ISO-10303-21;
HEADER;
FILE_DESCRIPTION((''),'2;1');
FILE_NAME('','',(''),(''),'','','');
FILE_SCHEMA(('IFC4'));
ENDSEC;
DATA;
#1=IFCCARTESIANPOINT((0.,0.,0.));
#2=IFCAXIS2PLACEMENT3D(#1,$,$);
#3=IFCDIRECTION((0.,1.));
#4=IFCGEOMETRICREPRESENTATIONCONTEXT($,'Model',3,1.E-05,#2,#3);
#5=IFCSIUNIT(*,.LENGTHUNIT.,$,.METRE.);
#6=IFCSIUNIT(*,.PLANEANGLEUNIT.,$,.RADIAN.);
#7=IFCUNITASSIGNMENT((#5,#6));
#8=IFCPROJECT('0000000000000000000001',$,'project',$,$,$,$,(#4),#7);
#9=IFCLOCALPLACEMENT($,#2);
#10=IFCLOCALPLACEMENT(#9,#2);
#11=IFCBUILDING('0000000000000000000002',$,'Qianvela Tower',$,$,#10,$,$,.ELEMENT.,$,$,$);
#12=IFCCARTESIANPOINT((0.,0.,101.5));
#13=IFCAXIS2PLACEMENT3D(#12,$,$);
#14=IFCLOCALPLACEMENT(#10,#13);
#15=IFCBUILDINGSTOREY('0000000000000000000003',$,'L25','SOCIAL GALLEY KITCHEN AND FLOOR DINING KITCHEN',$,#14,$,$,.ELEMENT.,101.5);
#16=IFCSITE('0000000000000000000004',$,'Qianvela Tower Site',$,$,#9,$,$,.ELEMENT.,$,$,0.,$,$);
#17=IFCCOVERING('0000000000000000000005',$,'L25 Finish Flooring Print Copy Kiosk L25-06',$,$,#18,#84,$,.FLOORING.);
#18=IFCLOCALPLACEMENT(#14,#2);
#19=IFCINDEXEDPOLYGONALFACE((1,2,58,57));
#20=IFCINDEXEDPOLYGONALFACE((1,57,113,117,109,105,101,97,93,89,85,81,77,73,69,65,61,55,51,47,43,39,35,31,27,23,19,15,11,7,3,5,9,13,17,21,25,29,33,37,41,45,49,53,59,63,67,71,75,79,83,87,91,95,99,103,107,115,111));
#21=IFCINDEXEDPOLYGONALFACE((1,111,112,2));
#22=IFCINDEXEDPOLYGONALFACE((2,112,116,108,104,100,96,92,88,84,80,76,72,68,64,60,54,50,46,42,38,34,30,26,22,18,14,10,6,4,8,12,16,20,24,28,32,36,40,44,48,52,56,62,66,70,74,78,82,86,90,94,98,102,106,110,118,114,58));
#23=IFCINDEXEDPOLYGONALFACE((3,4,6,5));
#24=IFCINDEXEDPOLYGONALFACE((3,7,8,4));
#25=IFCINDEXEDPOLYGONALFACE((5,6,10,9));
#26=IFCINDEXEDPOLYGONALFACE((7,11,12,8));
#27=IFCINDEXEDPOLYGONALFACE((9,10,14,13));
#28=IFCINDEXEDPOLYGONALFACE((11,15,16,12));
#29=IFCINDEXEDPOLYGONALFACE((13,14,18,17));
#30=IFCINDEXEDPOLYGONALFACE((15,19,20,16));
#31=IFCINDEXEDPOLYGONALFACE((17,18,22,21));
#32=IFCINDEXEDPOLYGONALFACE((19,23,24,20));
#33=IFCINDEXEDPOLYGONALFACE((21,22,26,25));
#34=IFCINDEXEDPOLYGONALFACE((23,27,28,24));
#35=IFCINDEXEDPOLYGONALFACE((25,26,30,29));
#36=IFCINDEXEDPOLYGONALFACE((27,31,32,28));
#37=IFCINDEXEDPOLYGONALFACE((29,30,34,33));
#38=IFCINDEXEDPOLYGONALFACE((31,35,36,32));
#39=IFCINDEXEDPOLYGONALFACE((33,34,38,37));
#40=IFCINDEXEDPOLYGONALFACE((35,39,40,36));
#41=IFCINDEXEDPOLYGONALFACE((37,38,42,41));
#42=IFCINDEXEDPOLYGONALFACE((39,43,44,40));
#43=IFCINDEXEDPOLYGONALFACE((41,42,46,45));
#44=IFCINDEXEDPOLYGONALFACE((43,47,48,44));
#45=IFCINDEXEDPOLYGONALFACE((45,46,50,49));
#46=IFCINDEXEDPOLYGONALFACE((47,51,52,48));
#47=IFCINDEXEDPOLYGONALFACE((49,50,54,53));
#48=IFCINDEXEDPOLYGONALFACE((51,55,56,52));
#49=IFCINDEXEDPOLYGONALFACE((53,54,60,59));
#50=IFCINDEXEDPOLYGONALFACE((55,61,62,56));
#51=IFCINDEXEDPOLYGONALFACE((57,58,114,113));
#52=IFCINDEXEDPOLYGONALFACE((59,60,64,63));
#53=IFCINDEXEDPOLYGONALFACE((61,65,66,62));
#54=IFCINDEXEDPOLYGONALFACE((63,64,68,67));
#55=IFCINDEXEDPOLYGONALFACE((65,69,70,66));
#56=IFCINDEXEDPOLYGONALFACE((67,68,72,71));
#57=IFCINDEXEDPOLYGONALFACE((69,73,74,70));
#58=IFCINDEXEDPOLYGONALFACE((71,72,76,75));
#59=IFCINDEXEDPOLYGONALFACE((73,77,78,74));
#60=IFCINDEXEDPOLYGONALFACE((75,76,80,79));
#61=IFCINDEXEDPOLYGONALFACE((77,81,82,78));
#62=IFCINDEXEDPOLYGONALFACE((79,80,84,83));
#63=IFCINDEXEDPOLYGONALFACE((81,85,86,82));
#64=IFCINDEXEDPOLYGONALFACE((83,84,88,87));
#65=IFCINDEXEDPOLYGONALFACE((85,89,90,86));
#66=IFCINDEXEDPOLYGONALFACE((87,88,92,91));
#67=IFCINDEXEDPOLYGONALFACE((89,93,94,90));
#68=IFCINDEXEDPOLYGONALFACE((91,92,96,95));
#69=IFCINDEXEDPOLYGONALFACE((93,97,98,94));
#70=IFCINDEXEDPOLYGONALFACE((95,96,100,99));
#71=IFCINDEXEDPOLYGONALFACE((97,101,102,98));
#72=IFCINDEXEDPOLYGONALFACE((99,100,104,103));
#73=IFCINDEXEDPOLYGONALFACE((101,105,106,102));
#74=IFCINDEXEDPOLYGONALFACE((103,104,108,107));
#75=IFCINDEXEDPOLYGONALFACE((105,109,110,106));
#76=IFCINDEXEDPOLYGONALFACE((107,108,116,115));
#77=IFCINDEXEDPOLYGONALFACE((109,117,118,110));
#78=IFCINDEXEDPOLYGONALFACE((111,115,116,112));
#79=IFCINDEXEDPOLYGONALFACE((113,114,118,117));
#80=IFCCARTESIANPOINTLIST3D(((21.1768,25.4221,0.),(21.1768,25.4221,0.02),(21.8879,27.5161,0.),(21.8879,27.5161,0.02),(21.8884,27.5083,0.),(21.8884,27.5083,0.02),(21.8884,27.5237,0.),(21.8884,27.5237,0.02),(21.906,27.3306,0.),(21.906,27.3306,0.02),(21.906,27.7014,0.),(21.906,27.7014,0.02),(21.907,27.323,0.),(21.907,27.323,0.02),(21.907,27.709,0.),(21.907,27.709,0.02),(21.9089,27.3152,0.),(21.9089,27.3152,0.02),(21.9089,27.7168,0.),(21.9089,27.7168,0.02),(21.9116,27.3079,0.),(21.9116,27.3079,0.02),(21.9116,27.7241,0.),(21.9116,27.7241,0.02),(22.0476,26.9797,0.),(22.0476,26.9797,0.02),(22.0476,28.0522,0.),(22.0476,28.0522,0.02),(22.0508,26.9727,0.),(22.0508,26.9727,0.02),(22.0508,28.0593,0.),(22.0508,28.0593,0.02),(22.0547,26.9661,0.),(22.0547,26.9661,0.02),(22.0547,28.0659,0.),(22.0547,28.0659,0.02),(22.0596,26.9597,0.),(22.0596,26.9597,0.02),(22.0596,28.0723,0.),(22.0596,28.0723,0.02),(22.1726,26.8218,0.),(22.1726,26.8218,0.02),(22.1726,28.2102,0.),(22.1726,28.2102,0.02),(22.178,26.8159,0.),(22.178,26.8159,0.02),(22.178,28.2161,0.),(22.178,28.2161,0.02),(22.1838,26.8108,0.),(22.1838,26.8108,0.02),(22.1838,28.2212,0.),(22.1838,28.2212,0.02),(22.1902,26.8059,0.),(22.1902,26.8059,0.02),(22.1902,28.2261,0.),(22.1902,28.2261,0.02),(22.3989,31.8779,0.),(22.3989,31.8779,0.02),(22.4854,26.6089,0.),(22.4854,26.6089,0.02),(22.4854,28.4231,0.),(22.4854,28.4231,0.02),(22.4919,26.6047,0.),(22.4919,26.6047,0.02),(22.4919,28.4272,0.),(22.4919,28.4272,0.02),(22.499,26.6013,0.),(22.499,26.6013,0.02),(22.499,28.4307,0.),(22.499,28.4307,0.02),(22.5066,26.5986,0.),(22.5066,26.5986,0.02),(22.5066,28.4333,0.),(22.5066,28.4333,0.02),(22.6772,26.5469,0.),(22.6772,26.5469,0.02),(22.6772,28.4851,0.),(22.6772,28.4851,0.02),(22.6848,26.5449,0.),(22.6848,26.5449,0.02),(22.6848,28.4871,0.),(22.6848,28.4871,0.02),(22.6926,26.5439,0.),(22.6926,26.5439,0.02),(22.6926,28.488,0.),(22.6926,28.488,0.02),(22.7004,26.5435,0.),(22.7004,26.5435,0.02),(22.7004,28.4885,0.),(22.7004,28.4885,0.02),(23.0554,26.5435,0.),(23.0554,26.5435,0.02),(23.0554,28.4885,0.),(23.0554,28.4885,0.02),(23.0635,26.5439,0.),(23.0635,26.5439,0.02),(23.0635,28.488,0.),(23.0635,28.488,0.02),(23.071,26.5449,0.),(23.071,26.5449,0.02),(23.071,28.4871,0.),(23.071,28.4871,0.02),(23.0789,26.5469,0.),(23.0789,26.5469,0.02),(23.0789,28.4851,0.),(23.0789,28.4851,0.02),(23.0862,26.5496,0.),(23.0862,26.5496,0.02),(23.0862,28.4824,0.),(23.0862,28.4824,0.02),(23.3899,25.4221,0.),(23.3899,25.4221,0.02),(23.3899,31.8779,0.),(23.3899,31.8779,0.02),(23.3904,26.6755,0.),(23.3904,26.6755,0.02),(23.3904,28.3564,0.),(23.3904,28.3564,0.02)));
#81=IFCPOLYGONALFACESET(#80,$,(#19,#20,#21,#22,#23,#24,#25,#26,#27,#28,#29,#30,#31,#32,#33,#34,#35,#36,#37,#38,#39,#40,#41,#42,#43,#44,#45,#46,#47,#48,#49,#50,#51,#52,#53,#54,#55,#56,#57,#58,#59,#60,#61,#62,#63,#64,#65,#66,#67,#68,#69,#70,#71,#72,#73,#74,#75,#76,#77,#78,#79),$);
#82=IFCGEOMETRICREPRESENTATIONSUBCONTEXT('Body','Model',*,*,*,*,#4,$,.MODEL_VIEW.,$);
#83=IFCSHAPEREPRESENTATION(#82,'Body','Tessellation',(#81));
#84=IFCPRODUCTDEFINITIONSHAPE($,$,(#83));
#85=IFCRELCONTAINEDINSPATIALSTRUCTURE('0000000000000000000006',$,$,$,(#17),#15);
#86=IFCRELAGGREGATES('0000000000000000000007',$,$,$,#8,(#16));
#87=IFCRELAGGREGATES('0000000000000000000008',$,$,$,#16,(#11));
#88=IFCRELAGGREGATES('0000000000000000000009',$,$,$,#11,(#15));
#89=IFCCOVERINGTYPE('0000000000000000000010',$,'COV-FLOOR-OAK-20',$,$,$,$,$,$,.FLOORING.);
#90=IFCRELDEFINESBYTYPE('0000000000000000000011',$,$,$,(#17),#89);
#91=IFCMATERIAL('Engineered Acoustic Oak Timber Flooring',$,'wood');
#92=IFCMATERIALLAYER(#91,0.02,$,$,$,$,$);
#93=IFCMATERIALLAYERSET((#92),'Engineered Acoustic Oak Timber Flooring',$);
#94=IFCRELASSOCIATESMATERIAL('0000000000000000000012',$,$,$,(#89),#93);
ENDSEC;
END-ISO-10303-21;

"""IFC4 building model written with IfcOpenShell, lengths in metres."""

from ifc_helpers import new_model, si_unit, direction, frame, origin, place, context, subcontext, project, spatial, polyline, outline, extrude, material, layer, layer_set, type_object, element, save


model = new_model("IFC4")

# Units and contexts
model_context = context("Model", 3, precision=1e-05, world=origin(), true_north=direction((0.0, 1.0)))
body_context = subcontext(model_context, "Body", "Model", "MODEL_VIEW")
ifc_project = project(units=[si_unit("LENGTHUNIT", "METRE"), si_unit("PLANEANGLEUNIT", "RADIAN")], contexts=[model_context])

# Site, building, storey
site_placement = place(None, origin())
site = spatial("IfcSite", under=ifc_project, at=site_placement, Name="Qianvela Tower Site", CompositionType="ELEMENT", RefElevation=0.0)
building_placement = place(site_placement, origin())
building = spatial("IfcBuilding", under=site, at=building_placement, Name="Qianvela Tower", CompositionType="ELEMENT")
storey_placement = place(building_placement, frame((0.0, 0.0, 101.5)))
storey = spatial("IfcBuildingStorey", under=building, at=storey_placement, Name="L25", Description="SOCIAL GALLEY KITCHEN AND FLOOR DINING KITCHEN", CompositionType="ELEMENT", Elevation=101.5)

# Covering
ifc_material_1 = material(Name="Engineered Acoustic Oak Timber Flooring", Category="wood")
ifc_layer_1 = layer(ifc_material_1, 0.02)
ifc_layer_set_1 = layer_set([ifc_layer_1], Name="Engineered Acoustic Oak Timber Flooring")
covering_type_1 = type_object("IfcCoveringType", Name="COV-FLOOR-OAK-20", PredefinedType="FLOORING", material=ifc_layer_set_1)
covering_1_placement = place(storey_placement, origin())
element("IfcCovering", 1, at=covering_1_placement, inside=storey, type_object=covering_type_1, Name="L25 Finish Flooring Print Copy Kiosk L25-06", PredefinedType="FLOORING", context=body_context, shape_type="SweptSolid", body=[
    extrude(outline(polyline([(23.3904, 26.6755), (23.3899, 25.4221), (21.1768, 25.4221), (22.3989, 31.8779), (23.3899, 31.8779), (23.3904, 28.3564), (23.0862, 28.4824), (23.0789, 28.4851), (23.071, 28.4871), (23.0635, 28.488), (23.0554, 28.4885), (22.7004, 28.4885), (22.6926, 28.488), (22.6848, 28.4871), (22.6772, 28.4851), (22.5066, 28.4333), (22.499, 28.4307), (22.4919, 28.4272), (22.4854, 28.4231), (22.1902, 28.2261), (22.1838, 28.2212), (22.178, 28.2161), (22.1726, 28.2102), (22.0596, 28.0723), (22.0547, 28.0659), (22.0508, 28.0593), (22.0476, 28.0522), (21.9116, 27.7241), (21.9089, 27.7168), (21.907, 27.709), (21.906, 27.7014), (21.8884, 27.5237), (21.8879, 27.5161), (21.8884, 27.5083), (21.906, 27.3306), (21.907, 27.323), (21.9089, 27.3152), (21.9116, 27.3079), (22.0476, 26.9797), (22.0508, 26.9727), (22.0547, 26.9661), (22.0596, 26.9597), (22.1726, 26.8218), (22.178, 26.8159), (22.1838, 26.8108), (22.1902, 26.8059), (22.4854, 26.6089), (22.4919, 26.6047), (22.499, 26.6013), (22.5066, 26.5986), (22.6772, 26.5469), (22.6848, 26.5449), (22.6926, 26.5439), (22.7004, 26.5435), (23.0554, 26.5435), (23.0635, 26.5439), (23.071, 26.5449), (23.0789, 26.5469), (23.0862, 26.5496), (23.3904, 26.6755)])), origin(), (0.0, 0.0, 1.0), 0.02),
])

save(model, "model.ifc")
